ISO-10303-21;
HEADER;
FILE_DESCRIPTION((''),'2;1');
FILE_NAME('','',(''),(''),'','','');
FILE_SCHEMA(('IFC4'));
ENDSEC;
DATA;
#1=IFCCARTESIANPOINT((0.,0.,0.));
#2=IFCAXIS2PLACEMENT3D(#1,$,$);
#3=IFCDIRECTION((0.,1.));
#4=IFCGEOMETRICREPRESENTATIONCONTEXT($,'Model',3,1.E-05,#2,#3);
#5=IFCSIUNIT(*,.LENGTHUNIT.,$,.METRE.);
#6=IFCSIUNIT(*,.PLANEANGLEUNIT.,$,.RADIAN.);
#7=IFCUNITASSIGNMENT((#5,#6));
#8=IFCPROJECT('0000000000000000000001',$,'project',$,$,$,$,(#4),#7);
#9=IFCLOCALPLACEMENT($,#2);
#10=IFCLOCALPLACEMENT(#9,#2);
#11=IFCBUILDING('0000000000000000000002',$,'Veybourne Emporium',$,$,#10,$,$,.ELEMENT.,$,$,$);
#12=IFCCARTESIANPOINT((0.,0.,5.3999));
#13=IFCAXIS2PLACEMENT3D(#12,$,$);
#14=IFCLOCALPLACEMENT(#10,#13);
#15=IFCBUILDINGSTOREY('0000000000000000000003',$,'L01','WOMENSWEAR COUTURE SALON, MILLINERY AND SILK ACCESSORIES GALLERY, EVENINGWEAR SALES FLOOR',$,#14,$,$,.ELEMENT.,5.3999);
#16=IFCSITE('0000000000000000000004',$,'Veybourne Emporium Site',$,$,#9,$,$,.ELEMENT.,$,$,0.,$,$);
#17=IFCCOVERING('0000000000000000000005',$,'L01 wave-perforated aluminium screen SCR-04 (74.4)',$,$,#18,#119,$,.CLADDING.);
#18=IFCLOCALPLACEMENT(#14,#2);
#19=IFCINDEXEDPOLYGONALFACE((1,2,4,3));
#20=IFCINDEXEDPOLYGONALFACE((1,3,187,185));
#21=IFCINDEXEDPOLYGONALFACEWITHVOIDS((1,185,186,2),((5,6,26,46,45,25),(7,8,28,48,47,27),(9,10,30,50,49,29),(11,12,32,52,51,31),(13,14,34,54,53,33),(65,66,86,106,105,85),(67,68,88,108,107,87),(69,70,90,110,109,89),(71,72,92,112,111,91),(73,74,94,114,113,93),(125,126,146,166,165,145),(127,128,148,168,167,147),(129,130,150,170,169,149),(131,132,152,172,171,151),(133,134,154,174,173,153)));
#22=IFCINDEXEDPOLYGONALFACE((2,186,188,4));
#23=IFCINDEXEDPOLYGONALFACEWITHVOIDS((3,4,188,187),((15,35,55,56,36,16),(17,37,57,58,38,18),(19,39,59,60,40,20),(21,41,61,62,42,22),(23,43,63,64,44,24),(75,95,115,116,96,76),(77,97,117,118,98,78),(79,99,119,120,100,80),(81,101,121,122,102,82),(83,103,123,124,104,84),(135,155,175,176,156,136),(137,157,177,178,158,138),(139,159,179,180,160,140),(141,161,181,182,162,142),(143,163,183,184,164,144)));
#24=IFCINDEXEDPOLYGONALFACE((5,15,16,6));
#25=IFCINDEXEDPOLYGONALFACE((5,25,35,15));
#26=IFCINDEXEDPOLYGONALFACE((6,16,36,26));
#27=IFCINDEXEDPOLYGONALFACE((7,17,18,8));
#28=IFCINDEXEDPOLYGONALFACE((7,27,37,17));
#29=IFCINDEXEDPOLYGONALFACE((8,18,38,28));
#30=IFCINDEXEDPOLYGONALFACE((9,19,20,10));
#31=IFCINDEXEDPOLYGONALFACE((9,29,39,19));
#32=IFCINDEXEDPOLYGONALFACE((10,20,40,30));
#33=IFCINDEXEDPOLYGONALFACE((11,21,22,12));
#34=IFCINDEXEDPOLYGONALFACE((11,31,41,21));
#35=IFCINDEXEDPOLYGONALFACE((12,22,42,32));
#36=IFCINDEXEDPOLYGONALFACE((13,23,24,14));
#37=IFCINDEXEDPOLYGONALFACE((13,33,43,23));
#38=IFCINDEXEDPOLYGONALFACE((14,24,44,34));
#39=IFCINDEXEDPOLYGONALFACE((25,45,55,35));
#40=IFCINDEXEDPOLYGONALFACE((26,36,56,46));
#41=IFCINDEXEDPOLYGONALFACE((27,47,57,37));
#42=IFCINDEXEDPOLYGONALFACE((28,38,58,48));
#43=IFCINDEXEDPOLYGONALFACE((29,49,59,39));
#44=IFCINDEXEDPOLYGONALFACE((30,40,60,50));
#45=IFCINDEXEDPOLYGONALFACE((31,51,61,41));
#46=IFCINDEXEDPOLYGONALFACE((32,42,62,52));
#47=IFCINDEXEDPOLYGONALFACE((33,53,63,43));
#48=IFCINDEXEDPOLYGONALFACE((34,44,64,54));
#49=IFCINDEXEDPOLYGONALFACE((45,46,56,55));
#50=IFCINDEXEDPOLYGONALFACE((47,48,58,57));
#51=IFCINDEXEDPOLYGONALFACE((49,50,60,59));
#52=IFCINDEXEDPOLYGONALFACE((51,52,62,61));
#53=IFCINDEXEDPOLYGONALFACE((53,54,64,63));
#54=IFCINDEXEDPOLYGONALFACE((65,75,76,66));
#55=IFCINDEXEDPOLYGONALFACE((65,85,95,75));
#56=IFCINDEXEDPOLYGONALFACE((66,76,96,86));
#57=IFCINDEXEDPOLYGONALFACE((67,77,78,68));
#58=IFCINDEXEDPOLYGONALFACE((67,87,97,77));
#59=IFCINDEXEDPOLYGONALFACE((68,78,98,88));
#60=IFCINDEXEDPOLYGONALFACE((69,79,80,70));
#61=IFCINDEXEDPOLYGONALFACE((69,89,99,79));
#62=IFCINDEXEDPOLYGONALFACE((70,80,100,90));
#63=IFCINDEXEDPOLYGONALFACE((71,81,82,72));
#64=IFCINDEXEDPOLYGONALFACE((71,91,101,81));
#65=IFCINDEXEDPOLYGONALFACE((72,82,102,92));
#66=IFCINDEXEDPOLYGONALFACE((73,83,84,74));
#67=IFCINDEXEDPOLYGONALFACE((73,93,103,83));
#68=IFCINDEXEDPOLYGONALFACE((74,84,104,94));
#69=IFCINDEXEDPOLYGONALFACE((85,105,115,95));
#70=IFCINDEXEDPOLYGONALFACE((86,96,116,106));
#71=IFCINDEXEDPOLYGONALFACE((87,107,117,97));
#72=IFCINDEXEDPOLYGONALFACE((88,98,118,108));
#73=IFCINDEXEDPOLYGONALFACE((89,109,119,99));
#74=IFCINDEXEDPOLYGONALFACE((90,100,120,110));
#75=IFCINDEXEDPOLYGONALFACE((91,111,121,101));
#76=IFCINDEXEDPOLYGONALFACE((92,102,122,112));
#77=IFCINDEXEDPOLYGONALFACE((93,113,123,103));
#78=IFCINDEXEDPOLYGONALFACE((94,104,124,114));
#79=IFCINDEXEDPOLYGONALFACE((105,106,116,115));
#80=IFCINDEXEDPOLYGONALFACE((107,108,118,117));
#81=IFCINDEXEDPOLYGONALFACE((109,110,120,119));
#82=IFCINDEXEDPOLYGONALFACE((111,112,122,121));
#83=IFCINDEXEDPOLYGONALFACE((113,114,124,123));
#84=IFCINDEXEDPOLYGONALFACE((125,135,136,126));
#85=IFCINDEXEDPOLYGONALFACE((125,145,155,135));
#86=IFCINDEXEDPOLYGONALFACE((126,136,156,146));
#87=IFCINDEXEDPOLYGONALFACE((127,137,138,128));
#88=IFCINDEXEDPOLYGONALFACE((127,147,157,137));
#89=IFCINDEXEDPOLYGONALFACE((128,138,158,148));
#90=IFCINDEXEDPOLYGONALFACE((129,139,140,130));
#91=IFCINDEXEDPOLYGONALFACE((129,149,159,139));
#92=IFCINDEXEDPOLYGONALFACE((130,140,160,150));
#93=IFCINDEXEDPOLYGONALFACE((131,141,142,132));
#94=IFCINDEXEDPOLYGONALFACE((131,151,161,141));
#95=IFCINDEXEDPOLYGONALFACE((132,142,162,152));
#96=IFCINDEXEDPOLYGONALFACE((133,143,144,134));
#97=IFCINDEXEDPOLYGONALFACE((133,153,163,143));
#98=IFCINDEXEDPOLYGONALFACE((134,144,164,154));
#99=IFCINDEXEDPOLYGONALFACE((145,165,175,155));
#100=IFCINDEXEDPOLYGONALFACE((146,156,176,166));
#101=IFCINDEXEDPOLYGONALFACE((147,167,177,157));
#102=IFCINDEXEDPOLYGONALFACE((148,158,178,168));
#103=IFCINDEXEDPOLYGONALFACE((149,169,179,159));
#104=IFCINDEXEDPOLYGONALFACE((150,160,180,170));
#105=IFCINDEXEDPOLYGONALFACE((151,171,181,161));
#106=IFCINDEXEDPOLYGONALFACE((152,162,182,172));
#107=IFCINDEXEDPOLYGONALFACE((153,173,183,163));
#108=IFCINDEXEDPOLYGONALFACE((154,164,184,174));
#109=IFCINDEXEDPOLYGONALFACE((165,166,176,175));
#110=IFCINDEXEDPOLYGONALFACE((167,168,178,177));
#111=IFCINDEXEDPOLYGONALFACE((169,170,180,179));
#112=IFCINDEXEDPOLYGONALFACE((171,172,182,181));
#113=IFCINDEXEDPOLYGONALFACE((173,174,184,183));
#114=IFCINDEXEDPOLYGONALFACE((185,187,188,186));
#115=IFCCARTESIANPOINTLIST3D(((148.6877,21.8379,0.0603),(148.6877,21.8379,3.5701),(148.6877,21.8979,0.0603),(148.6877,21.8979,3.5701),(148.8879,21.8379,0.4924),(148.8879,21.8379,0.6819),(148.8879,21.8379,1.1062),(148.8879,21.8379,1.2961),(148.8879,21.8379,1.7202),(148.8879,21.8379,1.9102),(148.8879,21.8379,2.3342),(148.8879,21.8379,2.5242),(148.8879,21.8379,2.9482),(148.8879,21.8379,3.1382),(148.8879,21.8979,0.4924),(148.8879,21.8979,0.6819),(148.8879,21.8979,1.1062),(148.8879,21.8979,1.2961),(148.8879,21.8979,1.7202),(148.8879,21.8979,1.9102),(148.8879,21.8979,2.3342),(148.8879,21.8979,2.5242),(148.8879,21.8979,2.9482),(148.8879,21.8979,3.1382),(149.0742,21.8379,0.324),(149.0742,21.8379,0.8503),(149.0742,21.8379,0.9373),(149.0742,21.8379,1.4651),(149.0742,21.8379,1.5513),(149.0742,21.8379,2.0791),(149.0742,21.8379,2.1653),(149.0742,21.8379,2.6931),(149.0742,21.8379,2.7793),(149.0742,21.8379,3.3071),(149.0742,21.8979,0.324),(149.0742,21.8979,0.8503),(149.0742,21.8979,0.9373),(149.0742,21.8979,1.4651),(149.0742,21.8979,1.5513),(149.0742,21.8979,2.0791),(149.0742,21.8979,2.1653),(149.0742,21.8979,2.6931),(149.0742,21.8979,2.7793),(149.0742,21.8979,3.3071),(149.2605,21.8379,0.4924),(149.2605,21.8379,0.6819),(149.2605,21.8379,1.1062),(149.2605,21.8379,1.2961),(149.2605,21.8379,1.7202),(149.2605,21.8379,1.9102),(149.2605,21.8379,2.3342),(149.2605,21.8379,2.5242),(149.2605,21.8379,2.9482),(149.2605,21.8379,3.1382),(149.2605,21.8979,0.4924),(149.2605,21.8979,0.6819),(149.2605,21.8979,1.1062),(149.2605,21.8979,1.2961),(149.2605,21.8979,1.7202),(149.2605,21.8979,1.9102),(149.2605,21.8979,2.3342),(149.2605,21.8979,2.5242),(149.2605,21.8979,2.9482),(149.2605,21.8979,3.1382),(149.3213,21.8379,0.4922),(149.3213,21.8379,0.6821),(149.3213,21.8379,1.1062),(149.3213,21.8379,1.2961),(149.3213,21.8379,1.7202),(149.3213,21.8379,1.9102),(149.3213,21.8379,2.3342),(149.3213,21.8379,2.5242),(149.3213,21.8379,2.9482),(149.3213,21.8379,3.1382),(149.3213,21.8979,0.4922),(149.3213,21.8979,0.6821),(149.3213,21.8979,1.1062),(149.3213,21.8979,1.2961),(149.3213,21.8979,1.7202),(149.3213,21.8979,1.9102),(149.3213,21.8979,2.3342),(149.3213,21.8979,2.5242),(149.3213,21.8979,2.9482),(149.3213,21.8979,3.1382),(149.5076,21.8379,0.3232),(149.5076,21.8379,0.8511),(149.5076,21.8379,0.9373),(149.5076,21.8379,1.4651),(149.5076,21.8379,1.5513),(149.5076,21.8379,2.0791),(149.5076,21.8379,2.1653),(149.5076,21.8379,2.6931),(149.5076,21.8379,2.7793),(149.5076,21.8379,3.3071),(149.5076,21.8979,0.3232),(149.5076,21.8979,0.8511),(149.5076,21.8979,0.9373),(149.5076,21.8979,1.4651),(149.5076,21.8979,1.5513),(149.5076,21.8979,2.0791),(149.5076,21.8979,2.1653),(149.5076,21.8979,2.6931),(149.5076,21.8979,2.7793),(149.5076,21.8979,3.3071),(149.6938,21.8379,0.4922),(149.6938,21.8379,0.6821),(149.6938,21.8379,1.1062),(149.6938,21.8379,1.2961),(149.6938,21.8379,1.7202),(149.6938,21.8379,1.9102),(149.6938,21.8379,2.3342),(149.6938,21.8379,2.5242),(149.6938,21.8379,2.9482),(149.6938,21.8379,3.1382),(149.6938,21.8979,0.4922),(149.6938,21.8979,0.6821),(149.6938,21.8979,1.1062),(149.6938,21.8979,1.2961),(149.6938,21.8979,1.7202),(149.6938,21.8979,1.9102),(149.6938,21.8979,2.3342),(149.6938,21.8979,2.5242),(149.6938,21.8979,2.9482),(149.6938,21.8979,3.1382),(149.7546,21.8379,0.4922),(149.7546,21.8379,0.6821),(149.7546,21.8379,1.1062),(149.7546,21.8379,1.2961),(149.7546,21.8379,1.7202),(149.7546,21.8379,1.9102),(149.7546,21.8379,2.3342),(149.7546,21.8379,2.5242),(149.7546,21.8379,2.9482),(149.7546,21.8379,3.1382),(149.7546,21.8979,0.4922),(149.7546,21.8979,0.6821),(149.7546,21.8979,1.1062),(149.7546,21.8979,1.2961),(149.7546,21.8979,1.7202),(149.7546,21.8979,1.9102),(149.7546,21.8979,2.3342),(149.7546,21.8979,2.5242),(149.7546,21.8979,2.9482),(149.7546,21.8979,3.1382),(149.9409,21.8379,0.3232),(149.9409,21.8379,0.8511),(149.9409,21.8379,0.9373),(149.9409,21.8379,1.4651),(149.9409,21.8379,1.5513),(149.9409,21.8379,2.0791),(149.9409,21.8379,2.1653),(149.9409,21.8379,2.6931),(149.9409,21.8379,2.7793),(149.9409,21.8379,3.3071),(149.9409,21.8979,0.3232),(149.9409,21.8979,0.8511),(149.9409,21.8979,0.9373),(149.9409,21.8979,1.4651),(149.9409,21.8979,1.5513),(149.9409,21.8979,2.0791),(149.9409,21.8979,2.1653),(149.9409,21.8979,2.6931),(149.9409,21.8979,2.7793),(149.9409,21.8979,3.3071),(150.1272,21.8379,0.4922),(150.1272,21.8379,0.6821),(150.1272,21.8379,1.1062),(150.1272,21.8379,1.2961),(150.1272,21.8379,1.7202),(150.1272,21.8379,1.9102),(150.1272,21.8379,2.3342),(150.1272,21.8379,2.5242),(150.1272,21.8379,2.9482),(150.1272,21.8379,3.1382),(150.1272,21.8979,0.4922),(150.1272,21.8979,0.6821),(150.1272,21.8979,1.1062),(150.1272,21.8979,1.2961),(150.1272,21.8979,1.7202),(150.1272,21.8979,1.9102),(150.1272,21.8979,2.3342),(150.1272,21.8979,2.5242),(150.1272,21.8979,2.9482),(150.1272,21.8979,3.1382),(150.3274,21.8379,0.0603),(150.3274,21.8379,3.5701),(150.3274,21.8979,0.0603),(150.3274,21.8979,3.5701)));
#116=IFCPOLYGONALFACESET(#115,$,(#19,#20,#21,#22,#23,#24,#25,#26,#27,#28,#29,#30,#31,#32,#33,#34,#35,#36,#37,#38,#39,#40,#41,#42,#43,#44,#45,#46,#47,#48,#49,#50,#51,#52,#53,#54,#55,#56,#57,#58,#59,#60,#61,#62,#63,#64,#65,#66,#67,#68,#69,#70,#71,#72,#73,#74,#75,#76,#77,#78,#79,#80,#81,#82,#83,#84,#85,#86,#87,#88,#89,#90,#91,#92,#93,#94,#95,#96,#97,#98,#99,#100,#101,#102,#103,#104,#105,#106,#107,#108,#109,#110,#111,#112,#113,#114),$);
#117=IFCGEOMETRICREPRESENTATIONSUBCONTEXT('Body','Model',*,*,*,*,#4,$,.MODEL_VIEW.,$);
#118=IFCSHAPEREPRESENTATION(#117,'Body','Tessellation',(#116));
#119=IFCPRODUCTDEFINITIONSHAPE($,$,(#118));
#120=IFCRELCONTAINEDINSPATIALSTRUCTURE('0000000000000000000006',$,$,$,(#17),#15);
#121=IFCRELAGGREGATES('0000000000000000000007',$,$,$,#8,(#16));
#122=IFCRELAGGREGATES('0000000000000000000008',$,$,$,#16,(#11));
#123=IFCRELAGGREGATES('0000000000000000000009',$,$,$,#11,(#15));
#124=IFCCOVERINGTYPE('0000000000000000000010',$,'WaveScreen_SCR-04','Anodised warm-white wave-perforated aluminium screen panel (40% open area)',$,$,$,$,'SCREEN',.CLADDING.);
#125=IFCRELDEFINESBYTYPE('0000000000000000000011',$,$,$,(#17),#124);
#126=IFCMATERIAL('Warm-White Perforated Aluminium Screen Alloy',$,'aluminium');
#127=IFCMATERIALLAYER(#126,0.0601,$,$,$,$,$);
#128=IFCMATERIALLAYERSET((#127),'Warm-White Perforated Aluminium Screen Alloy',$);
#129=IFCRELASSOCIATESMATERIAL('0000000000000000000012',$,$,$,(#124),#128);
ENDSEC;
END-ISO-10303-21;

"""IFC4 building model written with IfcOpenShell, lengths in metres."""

from ifc_helpers import new_model, si_unit, direction, frame, origin, place, context, subcontext, project, spatial, polyline, outline, extrude, material, layer, layer_set, type_object, element, save


model = new_model("IFC4")

# Units and contexts
model_context = context("Model", 3, precision=1e-05, world=origin(), true_north=direction((0.0, 1.0)))
body_context = subcontext(model_context, "Body", "Model", "MODEL_VIEW")
ifc_project = project(units=[si_unit("LENGTHUNIT", "METRE"), si_unit("PLANEANGLEUNIT", "RADIAN")], contexts=[model_context])

# Site, building, storey
site_placement = place(None, origin())
site = spatial("IfcSite", under=ifc_project, at=site_placement, Name="Veybourne Emporium Site", CompositionType="ELEMENT", RefElevation=0.0)
building_placement = place(site_placement, origin())
building = spatial("IfcBuilding", under=site, at=building_placement, Name="Veybourne Emporium", CompositionType="ELEMENT")
storey_placement = place(building_placement, frame((0.0, 0.0, 5.3999)))
storey = spatial("IfcBuildingStorey", under=building, at=storey_placement, Name="L01", Description="WOMENSWEAR COUTURE SALON, MILLINERY AND SILK ACCESSORIES GALLERY, EVENINGWEAR SALES FLOOR", CompositionType="ELEMENT", Elevation=5.3999)

# Covering
ifc_material_1 = material(Name="Warm-White Perforated Aluminium Screen Alloy", Category="aluminium")
ifc_layer_1 = layer(ifc_material_1, 0.0601)
ifc_layer_set_1 = layer_set([ifc_layer_1], Name="Warm-White Perforated Aluminium Screen Alloy")
covering_type_1 = type_object("IfcCoveringType", Name="WaveScreen_SCR-04", Description="Anodised warm-white wave-perforated aluminium screen panel (40% open area)", ElementType="SCREEN", PredefinedType="CLADDING", material=ifc_layer_set_1)
covering_1_placement = place(storey_placement, frame((149.5076, 21.8979, 1.8152), z_axis=(0.0, -1.0, 0.0), x_axis=(1.0, 0.0, 0.0)))
element("IfcCovering", 1, at=covering_1_placement, inside=storey, type_object=covering_type_1, Name="L01 wave-perforated aluminium screen SCR-04 (74.4)", PredefinedType="CLADDING", context=body_context, shape_type="SweptSolid", body=[
    extrude(outline(polyline([(-0.8198, -1.7549), (0.8198, -1.7549), (0.8198, 1.7549), (-0.8198, 1.7549), (-0.8198, -1.7549)]), holes=[polyline([(-0.4333, -0.9648), (-0.2471, -1.1333), (-0.2471, -1.3228), (-0.4333, -1.4912), (-0.6196, -1.3228), (-0.6196, -1.1333), (-0.4333, -0.9648)]), polyline([(-0.4333, -0.3501), (-0.2471, -0.519), (-0.2471, -0.709), (-0.4333, -0.8779), (-0.6196, -0.709), (-0.6196, -0.519), (-0.4333, -0.3501)]), polyline([(-0.4333, 0.2639), (-0.2471, 0.095), (-0.2471, -0.095), (-0.4333, -0.2639), (-0.6196, -0.095), (-0.6196, 0.095), (-0.4333, 0.2639)]), polyline([(-0.4333, 0.8779), (-0.2471, 0.709), (-0.2471, 0.519), (-0.4333, 0.3501), (-0.6196, 0.519), (-0.6196, 0.709), (-0.4333, 0.8779)]), polyline([(-0.4333, 1.4919), (-0.2471, 1.323), (-0.2471, 1.1331), (-0.4333, 0.9641), (-0.6196, 1.1331), (-0.6196, 1.323), (-0.4333, 1.4919)]), polyline([(0.0, -0.9641), (0.1863, -1.1331), (0.1863, -1.323), (0.0, -1.4919), (-0.1863, -1.323), (-0.1863, -1.1331), (0.0, -0.9641)]), polyline([(0.0, -0.3501), (0.1863, -0.519), (0.1863, -0.709), (0.0, -0.8779), (-0.1863, -0.709), (-0.1863, -0.519), (0.0, -0.3501)]), polyline([(0.0, 0.2639), (0.1863, 0.095), (0.1863, -0.095), (0.0, -0.2639), (-0.1863, -0.095), (-0.1863, 0.095), (0.0, 0.2639)]), polyline([(0.0, 0.8779), (0.1863, 0.709), (0.1863, 0.519), (0.0, 0.3501), (-0.1863, 0.519), (-0.1863, 0.709), (0.0, 0.8779)]), polyline([(0.0, 1.4919), (0.1863, 1.323), (0.1863, 1.1331), (0.0, 0.9641), (-0.1863, 1.1331), (-0.1863, 1.323), (0.0, 1.4919)]), polyline([(0.4333, -0.9641), (0.6196, -1.1331), (0.6196, -1.323), (0.4333, -1.4919), (0.2471, -1.323), (0.2471, -1.1331), (0.4333, -0.9641)]), polyline([(0.4333, -0.3501), (0.6196, -0.519), (0.6196, -0.709), (0.4333, -0.8779), (0.2471, -0.709), (0.2471, -0.519), (0.4333, -0.3501)]), polyline([(0.4333, 0.2639), (0.6196, 0.095), (0.6196, -0.095), (0.4333, -0.2639), (0.2471, -0.095), (0.2471, 0.095), (0.4333, 0.2639)]), polyline([(0.4333, 0.8779), (0.6196, 0.709), (0.6196, 0.519), (0.4333, 0.3501), (0.2471, 0.519), (0.2471, 0.709), (0.4333, 0.8779)]), polyline([(0.4333, 1.4919), (0.6196, 1.323), (0.6196, 1.1331), (0.4333, 0.9641), (0.2471, 1.1331), (0.2471, 1.323), (0.4333, 1.4919)])]), origin(), (0.0, 0.0, 1.0), 0.0601),
])

save(model, "model.ifc")
